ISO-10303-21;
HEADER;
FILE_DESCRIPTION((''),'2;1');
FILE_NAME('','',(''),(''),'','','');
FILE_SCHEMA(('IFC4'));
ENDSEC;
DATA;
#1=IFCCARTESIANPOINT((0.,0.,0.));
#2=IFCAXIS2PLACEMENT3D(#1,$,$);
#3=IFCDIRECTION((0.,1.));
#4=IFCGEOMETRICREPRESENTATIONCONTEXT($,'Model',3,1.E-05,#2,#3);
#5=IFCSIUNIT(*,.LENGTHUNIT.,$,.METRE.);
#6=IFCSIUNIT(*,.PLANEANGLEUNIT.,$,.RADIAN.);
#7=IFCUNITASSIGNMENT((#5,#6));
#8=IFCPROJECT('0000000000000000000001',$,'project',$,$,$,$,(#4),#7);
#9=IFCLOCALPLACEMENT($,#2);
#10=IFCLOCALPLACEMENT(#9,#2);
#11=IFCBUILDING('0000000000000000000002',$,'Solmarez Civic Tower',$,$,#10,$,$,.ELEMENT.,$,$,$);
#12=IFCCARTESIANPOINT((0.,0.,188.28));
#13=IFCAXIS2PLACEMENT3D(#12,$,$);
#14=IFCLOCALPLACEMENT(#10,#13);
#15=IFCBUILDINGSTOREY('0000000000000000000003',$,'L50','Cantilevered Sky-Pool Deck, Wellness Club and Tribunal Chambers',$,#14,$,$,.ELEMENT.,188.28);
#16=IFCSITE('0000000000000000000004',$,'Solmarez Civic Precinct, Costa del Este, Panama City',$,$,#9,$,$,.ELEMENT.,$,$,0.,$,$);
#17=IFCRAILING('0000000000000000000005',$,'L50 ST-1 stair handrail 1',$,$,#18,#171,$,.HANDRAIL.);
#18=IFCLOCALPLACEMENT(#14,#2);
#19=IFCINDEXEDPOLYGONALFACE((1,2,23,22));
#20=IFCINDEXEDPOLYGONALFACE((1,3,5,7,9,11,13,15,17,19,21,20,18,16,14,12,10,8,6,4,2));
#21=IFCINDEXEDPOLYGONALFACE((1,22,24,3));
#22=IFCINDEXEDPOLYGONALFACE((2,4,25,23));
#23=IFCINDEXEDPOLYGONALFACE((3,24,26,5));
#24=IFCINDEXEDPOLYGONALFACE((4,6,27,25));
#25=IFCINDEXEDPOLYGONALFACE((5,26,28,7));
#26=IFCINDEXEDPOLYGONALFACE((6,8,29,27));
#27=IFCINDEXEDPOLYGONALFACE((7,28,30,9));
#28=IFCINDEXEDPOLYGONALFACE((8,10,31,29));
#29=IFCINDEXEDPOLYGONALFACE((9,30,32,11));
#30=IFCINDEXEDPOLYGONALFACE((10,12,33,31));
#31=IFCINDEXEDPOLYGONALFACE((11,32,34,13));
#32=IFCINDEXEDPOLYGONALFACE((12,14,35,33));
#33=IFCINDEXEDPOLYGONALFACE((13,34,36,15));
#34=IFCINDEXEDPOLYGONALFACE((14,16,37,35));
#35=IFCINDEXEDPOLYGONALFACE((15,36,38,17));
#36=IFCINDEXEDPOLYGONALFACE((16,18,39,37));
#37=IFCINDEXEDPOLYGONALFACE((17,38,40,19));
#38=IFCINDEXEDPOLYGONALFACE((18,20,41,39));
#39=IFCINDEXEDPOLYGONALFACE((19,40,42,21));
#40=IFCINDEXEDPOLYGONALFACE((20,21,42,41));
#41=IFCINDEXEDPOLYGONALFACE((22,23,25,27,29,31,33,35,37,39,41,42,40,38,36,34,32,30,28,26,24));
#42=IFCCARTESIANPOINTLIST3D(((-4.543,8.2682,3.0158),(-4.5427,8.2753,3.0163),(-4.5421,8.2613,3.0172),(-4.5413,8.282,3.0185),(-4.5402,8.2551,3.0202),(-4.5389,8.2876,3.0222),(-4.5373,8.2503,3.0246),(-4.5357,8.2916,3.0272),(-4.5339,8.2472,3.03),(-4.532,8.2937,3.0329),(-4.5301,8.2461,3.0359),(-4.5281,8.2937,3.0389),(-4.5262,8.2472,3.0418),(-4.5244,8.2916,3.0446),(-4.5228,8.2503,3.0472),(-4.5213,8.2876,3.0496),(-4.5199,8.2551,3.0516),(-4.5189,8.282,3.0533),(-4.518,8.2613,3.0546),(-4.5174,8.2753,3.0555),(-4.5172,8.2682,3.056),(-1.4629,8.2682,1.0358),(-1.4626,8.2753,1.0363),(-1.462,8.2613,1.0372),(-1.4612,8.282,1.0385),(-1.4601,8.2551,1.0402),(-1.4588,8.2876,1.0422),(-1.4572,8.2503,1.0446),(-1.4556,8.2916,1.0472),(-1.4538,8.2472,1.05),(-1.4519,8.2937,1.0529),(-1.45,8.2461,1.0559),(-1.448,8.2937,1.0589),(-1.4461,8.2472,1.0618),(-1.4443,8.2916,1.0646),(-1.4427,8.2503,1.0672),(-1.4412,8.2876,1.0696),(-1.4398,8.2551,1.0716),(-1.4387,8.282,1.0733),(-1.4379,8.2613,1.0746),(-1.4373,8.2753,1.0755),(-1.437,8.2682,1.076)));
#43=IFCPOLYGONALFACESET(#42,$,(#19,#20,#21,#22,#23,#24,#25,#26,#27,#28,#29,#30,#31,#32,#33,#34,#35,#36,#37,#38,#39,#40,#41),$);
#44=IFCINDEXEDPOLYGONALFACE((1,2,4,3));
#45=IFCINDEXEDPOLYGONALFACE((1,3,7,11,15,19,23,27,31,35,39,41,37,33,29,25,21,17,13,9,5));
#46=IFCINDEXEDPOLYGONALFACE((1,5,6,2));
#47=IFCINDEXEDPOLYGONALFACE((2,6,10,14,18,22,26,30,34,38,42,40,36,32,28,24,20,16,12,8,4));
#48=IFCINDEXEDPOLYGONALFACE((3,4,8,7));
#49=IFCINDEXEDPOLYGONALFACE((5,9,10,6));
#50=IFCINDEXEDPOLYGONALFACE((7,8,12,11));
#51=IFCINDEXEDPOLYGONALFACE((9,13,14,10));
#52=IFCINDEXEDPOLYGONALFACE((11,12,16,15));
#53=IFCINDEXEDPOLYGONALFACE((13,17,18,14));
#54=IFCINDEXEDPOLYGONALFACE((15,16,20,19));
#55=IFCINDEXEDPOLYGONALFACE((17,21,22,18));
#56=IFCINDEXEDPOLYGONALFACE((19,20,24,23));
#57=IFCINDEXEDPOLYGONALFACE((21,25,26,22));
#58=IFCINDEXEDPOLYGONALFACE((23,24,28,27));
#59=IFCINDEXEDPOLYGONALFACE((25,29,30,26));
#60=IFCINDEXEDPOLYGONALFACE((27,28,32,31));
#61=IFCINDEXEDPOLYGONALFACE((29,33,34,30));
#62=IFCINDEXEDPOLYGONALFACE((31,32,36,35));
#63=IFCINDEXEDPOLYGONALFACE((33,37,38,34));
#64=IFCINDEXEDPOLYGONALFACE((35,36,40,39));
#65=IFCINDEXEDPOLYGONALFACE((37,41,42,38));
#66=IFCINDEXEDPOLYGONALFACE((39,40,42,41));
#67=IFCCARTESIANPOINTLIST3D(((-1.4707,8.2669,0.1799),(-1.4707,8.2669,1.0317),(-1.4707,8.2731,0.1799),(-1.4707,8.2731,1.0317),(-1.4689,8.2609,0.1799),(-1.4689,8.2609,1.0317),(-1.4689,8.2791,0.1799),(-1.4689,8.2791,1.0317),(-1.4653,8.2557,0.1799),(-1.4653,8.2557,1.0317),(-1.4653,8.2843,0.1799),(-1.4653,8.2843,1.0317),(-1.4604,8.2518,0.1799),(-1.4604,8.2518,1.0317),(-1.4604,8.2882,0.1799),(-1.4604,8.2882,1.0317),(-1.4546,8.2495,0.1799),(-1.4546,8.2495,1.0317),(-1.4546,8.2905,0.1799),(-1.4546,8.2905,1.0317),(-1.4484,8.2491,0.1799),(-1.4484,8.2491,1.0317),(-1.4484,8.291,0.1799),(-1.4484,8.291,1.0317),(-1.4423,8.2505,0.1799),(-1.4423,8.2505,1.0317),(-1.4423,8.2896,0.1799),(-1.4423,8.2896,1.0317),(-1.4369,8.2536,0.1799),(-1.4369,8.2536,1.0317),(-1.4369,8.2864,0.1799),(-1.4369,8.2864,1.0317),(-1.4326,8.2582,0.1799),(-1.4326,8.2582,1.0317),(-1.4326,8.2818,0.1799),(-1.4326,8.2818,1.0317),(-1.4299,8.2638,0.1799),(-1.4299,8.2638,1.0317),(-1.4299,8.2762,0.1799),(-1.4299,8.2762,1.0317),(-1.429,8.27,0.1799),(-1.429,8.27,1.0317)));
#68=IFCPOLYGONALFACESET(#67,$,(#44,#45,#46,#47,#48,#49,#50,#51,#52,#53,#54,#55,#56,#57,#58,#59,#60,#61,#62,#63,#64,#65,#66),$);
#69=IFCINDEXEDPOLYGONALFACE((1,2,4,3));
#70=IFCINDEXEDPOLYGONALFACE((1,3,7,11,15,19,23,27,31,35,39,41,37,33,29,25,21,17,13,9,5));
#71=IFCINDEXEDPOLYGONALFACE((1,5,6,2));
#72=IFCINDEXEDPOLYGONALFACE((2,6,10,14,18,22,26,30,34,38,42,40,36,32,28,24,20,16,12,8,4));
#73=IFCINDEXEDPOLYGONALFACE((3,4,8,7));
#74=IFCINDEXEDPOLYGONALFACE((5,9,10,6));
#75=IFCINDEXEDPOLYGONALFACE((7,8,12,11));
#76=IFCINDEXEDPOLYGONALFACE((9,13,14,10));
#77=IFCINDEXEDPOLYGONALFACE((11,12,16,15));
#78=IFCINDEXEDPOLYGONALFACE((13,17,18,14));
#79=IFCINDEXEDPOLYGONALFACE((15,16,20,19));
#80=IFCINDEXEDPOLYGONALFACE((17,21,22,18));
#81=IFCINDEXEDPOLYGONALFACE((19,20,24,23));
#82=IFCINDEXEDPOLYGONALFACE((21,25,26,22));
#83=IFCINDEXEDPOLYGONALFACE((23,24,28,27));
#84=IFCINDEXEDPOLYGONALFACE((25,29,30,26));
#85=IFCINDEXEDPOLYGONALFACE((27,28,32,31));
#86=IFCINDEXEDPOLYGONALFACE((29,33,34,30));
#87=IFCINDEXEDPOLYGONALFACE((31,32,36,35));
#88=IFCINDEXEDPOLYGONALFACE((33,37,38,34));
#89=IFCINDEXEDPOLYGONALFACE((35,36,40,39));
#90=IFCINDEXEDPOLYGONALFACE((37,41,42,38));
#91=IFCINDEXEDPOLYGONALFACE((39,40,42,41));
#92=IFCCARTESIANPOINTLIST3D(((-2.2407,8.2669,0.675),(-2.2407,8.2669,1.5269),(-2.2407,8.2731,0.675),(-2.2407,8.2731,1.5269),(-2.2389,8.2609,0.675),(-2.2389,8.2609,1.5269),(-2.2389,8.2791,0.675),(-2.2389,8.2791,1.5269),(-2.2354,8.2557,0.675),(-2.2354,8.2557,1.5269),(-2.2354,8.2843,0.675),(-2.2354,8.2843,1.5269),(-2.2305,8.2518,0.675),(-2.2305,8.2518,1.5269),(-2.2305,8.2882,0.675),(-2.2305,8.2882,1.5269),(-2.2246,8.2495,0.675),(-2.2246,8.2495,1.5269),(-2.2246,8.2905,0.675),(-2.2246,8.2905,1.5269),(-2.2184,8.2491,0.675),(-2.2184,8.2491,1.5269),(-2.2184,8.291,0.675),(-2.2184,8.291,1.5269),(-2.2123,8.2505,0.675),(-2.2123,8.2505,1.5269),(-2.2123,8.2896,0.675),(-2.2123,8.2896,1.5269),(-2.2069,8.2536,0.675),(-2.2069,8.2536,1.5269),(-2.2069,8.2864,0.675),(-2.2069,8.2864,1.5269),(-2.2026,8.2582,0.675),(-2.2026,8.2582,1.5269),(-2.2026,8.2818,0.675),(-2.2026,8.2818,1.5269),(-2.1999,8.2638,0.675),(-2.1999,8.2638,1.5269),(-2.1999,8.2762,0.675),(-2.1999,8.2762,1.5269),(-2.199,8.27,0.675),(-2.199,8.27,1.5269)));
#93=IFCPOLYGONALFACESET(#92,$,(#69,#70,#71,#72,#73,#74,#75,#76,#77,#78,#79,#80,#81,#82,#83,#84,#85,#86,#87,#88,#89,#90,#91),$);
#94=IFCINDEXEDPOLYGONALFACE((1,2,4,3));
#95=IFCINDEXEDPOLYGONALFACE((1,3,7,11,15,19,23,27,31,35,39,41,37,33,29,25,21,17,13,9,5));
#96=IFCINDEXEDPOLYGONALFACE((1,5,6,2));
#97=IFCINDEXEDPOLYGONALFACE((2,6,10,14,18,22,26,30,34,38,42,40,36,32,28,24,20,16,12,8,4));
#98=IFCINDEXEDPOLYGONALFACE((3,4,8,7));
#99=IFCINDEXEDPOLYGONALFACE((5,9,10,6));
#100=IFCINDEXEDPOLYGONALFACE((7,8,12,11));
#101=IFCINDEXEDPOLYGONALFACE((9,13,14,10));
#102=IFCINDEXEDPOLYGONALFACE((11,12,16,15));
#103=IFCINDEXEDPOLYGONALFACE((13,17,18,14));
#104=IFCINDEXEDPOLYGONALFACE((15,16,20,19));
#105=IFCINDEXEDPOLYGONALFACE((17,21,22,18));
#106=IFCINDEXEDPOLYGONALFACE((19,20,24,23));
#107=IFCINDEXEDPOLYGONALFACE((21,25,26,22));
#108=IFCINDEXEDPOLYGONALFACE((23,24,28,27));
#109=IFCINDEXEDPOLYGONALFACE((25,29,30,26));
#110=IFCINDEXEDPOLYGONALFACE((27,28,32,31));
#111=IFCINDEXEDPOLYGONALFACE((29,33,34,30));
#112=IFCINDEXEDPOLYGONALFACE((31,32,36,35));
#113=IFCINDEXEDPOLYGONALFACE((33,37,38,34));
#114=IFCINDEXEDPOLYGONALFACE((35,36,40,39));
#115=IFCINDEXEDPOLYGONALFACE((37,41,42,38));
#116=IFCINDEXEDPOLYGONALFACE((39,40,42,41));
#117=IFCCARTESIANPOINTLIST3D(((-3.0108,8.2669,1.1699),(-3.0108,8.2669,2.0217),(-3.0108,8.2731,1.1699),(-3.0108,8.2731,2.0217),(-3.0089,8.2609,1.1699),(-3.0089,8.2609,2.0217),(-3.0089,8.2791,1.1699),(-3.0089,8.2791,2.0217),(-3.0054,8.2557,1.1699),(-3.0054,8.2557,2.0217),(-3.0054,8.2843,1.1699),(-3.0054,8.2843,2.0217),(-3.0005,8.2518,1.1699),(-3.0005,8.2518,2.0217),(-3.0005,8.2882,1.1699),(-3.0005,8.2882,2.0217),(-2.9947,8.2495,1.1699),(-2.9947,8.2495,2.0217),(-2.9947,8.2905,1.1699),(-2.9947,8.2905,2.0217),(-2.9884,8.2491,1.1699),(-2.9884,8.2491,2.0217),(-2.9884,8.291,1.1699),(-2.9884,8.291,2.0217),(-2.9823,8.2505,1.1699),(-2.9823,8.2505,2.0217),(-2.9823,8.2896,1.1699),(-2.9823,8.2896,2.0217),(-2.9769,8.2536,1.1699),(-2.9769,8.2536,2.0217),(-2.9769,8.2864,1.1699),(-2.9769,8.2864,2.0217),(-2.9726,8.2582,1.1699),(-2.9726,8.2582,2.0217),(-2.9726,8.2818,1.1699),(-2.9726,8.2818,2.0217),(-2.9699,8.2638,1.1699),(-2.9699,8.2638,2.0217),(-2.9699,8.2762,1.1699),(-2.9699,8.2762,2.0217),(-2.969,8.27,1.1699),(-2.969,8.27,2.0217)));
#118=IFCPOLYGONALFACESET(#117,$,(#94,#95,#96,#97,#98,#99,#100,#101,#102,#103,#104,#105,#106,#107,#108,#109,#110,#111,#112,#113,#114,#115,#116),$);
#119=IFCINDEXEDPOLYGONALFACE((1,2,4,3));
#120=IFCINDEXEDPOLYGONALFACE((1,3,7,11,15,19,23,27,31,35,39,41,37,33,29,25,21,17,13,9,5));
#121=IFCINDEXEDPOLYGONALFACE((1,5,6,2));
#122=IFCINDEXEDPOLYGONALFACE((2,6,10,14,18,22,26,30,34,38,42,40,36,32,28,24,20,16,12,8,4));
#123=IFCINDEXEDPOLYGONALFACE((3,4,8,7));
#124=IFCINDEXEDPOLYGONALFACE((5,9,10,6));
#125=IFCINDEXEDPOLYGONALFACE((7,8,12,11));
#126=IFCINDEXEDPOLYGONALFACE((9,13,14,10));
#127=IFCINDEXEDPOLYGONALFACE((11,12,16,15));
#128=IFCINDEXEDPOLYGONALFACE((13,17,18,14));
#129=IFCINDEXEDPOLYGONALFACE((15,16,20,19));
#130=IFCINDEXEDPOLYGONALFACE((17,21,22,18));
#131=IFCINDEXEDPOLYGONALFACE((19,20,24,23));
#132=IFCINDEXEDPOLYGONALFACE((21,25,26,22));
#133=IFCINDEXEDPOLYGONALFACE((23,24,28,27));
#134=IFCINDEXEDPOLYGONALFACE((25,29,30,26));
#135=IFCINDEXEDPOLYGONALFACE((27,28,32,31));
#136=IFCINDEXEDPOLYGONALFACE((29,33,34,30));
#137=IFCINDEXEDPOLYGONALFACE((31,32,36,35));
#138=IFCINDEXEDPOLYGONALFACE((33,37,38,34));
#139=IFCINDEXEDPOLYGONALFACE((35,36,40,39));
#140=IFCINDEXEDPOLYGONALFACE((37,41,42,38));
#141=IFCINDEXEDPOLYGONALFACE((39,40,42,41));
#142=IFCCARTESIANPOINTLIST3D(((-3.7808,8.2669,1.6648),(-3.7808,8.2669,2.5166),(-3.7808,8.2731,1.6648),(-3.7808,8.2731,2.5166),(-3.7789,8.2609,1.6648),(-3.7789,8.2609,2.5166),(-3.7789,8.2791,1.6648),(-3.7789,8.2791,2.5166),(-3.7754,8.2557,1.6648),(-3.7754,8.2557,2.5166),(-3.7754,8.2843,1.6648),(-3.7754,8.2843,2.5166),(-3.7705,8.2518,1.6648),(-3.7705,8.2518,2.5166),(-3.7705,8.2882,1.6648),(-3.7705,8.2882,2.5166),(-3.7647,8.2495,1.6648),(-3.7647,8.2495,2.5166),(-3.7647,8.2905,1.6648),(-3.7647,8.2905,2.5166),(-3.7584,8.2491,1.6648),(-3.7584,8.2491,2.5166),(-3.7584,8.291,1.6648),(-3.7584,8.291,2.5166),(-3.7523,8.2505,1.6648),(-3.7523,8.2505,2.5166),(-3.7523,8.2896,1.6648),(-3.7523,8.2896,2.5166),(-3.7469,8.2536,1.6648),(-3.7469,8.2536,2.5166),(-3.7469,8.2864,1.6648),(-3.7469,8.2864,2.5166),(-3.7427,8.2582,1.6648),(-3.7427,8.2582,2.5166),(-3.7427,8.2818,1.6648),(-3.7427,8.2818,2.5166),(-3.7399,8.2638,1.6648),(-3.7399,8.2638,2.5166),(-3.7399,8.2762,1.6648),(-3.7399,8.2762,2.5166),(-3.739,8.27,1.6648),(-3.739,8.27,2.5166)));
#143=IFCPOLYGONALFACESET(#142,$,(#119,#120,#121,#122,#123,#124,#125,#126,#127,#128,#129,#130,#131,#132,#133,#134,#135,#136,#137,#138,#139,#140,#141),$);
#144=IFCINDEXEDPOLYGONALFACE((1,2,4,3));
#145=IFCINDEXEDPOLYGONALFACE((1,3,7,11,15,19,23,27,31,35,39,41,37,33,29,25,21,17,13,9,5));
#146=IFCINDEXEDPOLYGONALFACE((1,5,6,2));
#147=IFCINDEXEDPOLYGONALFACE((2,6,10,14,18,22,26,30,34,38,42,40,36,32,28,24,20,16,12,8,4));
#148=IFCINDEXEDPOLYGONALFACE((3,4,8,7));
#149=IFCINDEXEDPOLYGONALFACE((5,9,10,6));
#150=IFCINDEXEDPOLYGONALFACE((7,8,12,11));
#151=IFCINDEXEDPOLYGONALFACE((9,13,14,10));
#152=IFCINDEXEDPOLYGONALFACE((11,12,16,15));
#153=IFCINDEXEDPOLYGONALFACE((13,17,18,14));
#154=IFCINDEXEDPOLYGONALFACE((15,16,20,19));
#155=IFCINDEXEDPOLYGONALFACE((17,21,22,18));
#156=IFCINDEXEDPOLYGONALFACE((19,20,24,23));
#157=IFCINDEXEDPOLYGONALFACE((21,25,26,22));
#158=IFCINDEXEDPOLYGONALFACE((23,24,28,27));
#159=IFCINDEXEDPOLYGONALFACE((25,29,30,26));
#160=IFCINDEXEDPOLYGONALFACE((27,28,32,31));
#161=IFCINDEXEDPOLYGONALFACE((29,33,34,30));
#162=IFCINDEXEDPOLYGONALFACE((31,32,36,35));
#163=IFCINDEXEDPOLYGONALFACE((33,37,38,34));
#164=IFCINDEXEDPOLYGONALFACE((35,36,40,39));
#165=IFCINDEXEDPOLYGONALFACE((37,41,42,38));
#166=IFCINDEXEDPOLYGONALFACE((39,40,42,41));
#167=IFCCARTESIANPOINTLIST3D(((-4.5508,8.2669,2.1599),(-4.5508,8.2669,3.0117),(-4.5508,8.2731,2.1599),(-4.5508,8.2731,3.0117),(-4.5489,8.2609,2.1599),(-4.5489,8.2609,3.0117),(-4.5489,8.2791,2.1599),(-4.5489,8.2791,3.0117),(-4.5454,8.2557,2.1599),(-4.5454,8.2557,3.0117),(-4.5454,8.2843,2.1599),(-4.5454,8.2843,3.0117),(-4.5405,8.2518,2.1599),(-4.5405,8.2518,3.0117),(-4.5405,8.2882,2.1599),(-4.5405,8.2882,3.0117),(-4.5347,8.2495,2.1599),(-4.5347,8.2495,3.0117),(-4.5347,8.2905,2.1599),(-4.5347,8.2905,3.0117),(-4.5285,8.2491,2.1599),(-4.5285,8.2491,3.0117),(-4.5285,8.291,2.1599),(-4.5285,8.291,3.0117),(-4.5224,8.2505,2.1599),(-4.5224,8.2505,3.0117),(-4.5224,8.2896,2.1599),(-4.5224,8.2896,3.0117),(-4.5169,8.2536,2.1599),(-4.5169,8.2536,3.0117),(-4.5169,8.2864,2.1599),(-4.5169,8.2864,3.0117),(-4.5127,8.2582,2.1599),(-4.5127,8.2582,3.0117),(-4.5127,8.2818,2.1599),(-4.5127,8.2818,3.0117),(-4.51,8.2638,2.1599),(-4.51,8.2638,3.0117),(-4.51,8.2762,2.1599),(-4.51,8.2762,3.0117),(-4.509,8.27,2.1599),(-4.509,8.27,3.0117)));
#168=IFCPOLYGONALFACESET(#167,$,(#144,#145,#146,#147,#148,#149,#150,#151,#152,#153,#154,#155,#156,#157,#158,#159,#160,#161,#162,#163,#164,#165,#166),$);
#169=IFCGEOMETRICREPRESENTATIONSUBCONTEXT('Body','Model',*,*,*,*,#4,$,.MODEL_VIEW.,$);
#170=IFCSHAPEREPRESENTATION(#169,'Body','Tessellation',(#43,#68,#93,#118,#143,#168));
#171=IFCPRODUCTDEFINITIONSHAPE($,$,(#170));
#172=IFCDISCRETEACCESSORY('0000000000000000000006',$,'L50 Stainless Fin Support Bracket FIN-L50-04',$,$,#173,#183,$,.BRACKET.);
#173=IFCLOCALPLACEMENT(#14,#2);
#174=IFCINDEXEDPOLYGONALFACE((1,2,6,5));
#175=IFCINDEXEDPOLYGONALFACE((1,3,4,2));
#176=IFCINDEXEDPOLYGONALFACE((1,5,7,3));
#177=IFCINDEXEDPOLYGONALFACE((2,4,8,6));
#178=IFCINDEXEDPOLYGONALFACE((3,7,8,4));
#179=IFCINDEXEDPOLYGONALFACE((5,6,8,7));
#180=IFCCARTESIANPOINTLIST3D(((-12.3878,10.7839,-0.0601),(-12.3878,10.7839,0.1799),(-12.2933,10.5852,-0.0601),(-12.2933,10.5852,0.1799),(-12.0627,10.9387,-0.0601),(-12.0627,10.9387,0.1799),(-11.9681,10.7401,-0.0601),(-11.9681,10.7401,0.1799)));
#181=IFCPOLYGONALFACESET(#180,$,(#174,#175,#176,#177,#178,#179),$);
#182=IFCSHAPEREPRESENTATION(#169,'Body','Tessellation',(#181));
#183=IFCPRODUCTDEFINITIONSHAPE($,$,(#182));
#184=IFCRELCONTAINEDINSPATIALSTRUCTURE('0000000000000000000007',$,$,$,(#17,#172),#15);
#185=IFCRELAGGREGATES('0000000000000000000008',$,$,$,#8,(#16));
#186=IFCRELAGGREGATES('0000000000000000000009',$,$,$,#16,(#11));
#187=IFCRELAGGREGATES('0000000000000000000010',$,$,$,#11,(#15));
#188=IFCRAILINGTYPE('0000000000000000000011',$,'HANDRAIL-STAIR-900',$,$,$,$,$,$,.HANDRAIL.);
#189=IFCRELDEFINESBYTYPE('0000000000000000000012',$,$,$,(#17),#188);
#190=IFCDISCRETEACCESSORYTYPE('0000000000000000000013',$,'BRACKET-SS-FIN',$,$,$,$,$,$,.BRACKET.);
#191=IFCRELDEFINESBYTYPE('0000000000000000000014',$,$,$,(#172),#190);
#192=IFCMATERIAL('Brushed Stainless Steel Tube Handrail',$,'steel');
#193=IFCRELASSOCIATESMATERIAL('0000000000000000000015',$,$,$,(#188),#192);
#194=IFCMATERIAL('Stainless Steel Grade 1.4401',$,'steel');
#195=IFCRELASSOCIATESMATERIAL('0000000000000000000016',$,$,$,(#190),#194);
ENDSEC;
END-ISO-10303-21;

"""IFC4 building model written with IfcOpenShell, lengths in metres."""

from ifc_helpers import new_model, si_unit, direction, frame, origin, origin_2d, place, context, subcontext, project, spatial, rectangle, circle, extrude, material, type_object, element, save


model = new_model("IFC4")

# Units and contexts
model_context = context("Model", 3, precision=1e-05, world=origin(), true_north=direction((0.0, 1.0)))
body_context = subcontext(model_context, "Body", "Model", "MODEL_VIEW")
ifc_project = project(units=[si_unit("LENGTHUNIT", "METRE"), si_unit("PLANEANGLEUNIT", "RADIAN")], contexts=[model_context])

# Site, building, storey
site_placement = place(None, origin())
site = spatial("IfcSite", under=ifc_project, at=site_placement, Name="Solmarez Civic Precinct, Costa del Este, Panama City", CompositionType="ELEMENT", RefElevation=0.0)
building_placement = place(site_placement, origin())
building = spatial("IfcBuilding", under=site, at=building_placement, Name="Solmarez Civic Tower", CompositionType="ELEMENT")
storey_placement = place(building_placement, frame((0.0, 0.0, 188.28)))
storey = spatial("IfcBuildingStorey", under=building, at=storey_placement, Name="L50", Description="Cantilevered Sky-Pool Deck, Wellness Club and Tribunal Chambers", CompositionType="ELEMENT", Elevation=188.28)

# Railing
ifc_material_1 = material(Name="Brushed Stainless Steel Tube Handrail", Category="steel")
railing_type = type_object("IfcRailingType", Name="HANDRAIL-STAIR-900", PredefinedType="HANDRAIL", material=ifc_material_1)
railing_placement = place(storey_placement, frame((-1.45, 8.27, 0.1799)))
element("IfcRailing", 1, at=railing_placement, inside=storey, type_object=railing_type, Name="L50 ST-1 stair handrail 1", PredefinedType="HANDRAIL", context=body_context, shape_type="SweptSolid", body=[
    extrude(circle(Radius=0.0239, at=origin_2d()), frame((0.0, 0.0, 0.876), z_axis=(-0.841187, 0.0, 0.540744), x_axis=(0.0, -1.0, 0.0)), (0.0, 0.0, 1.0), 3.6616),
    extrude(circle(Radius=0.021, at=origin_2d()), origin(), (0.0, 0.0, 1.0), 0.8518),
    extrude(circle(Radius=0.021, at=origin_2d()), frame((-0.77, 0.0, 0.4951)), (0.0, 0.0, 1.0), 0.8518),
    extrude(circle(Radius=0.021, at=origin_2d()), frame((-1.54, 0.0, 0.99)), (0.0, 0.0, 1.0), 0.8518),
    extrude(circle(Radius=0.021, at=origin_2d()), frame((-2.3101, 0.0, 1.4849)), (0.0, 0.0, 1.0), 0.8518),
    extrude(circle(Radius=0.021, at=origin_2d()), frame((-3.0801, 0.0, 1.98)), (0.0, 0.0, 1.0), 0.8518),
])

# Discrete accessory
ifc_material_2 = material(Name="Stainless Steel Grade 1.4401", Category="steel")
discrete_accessory_type = type_object("IfcDiscreteAccessoryType", Name="BRACKET-SS-FIN", PredefinedType="BRACKET", material=ifc_material_2)
discrete_accessory_placement = place(storey_placement, frame((-12.178, 10.762, -0.0601), z_axis=(0.0, 0.0, 1.0), x_axis=(-0.902856, -0.429943, 0.0)))
element("IfcDiscreteAccessory", 2, at=discrete_accessory_placement, inside=storey, type_object=discrete_accessory_type, Name="L50 Stainless Fin Support Bracket FIN-L50-04", PredefinedType="BRACKET", context=body_context, shape_type="SweptSolid", body=[
    extrude(rectangle(XDim=0.3601, YDim=0.22, at=origin_2d()), origin(), (0.0, 0.0, 1.0), 0.24),
])

save(model, "model.ifc")
